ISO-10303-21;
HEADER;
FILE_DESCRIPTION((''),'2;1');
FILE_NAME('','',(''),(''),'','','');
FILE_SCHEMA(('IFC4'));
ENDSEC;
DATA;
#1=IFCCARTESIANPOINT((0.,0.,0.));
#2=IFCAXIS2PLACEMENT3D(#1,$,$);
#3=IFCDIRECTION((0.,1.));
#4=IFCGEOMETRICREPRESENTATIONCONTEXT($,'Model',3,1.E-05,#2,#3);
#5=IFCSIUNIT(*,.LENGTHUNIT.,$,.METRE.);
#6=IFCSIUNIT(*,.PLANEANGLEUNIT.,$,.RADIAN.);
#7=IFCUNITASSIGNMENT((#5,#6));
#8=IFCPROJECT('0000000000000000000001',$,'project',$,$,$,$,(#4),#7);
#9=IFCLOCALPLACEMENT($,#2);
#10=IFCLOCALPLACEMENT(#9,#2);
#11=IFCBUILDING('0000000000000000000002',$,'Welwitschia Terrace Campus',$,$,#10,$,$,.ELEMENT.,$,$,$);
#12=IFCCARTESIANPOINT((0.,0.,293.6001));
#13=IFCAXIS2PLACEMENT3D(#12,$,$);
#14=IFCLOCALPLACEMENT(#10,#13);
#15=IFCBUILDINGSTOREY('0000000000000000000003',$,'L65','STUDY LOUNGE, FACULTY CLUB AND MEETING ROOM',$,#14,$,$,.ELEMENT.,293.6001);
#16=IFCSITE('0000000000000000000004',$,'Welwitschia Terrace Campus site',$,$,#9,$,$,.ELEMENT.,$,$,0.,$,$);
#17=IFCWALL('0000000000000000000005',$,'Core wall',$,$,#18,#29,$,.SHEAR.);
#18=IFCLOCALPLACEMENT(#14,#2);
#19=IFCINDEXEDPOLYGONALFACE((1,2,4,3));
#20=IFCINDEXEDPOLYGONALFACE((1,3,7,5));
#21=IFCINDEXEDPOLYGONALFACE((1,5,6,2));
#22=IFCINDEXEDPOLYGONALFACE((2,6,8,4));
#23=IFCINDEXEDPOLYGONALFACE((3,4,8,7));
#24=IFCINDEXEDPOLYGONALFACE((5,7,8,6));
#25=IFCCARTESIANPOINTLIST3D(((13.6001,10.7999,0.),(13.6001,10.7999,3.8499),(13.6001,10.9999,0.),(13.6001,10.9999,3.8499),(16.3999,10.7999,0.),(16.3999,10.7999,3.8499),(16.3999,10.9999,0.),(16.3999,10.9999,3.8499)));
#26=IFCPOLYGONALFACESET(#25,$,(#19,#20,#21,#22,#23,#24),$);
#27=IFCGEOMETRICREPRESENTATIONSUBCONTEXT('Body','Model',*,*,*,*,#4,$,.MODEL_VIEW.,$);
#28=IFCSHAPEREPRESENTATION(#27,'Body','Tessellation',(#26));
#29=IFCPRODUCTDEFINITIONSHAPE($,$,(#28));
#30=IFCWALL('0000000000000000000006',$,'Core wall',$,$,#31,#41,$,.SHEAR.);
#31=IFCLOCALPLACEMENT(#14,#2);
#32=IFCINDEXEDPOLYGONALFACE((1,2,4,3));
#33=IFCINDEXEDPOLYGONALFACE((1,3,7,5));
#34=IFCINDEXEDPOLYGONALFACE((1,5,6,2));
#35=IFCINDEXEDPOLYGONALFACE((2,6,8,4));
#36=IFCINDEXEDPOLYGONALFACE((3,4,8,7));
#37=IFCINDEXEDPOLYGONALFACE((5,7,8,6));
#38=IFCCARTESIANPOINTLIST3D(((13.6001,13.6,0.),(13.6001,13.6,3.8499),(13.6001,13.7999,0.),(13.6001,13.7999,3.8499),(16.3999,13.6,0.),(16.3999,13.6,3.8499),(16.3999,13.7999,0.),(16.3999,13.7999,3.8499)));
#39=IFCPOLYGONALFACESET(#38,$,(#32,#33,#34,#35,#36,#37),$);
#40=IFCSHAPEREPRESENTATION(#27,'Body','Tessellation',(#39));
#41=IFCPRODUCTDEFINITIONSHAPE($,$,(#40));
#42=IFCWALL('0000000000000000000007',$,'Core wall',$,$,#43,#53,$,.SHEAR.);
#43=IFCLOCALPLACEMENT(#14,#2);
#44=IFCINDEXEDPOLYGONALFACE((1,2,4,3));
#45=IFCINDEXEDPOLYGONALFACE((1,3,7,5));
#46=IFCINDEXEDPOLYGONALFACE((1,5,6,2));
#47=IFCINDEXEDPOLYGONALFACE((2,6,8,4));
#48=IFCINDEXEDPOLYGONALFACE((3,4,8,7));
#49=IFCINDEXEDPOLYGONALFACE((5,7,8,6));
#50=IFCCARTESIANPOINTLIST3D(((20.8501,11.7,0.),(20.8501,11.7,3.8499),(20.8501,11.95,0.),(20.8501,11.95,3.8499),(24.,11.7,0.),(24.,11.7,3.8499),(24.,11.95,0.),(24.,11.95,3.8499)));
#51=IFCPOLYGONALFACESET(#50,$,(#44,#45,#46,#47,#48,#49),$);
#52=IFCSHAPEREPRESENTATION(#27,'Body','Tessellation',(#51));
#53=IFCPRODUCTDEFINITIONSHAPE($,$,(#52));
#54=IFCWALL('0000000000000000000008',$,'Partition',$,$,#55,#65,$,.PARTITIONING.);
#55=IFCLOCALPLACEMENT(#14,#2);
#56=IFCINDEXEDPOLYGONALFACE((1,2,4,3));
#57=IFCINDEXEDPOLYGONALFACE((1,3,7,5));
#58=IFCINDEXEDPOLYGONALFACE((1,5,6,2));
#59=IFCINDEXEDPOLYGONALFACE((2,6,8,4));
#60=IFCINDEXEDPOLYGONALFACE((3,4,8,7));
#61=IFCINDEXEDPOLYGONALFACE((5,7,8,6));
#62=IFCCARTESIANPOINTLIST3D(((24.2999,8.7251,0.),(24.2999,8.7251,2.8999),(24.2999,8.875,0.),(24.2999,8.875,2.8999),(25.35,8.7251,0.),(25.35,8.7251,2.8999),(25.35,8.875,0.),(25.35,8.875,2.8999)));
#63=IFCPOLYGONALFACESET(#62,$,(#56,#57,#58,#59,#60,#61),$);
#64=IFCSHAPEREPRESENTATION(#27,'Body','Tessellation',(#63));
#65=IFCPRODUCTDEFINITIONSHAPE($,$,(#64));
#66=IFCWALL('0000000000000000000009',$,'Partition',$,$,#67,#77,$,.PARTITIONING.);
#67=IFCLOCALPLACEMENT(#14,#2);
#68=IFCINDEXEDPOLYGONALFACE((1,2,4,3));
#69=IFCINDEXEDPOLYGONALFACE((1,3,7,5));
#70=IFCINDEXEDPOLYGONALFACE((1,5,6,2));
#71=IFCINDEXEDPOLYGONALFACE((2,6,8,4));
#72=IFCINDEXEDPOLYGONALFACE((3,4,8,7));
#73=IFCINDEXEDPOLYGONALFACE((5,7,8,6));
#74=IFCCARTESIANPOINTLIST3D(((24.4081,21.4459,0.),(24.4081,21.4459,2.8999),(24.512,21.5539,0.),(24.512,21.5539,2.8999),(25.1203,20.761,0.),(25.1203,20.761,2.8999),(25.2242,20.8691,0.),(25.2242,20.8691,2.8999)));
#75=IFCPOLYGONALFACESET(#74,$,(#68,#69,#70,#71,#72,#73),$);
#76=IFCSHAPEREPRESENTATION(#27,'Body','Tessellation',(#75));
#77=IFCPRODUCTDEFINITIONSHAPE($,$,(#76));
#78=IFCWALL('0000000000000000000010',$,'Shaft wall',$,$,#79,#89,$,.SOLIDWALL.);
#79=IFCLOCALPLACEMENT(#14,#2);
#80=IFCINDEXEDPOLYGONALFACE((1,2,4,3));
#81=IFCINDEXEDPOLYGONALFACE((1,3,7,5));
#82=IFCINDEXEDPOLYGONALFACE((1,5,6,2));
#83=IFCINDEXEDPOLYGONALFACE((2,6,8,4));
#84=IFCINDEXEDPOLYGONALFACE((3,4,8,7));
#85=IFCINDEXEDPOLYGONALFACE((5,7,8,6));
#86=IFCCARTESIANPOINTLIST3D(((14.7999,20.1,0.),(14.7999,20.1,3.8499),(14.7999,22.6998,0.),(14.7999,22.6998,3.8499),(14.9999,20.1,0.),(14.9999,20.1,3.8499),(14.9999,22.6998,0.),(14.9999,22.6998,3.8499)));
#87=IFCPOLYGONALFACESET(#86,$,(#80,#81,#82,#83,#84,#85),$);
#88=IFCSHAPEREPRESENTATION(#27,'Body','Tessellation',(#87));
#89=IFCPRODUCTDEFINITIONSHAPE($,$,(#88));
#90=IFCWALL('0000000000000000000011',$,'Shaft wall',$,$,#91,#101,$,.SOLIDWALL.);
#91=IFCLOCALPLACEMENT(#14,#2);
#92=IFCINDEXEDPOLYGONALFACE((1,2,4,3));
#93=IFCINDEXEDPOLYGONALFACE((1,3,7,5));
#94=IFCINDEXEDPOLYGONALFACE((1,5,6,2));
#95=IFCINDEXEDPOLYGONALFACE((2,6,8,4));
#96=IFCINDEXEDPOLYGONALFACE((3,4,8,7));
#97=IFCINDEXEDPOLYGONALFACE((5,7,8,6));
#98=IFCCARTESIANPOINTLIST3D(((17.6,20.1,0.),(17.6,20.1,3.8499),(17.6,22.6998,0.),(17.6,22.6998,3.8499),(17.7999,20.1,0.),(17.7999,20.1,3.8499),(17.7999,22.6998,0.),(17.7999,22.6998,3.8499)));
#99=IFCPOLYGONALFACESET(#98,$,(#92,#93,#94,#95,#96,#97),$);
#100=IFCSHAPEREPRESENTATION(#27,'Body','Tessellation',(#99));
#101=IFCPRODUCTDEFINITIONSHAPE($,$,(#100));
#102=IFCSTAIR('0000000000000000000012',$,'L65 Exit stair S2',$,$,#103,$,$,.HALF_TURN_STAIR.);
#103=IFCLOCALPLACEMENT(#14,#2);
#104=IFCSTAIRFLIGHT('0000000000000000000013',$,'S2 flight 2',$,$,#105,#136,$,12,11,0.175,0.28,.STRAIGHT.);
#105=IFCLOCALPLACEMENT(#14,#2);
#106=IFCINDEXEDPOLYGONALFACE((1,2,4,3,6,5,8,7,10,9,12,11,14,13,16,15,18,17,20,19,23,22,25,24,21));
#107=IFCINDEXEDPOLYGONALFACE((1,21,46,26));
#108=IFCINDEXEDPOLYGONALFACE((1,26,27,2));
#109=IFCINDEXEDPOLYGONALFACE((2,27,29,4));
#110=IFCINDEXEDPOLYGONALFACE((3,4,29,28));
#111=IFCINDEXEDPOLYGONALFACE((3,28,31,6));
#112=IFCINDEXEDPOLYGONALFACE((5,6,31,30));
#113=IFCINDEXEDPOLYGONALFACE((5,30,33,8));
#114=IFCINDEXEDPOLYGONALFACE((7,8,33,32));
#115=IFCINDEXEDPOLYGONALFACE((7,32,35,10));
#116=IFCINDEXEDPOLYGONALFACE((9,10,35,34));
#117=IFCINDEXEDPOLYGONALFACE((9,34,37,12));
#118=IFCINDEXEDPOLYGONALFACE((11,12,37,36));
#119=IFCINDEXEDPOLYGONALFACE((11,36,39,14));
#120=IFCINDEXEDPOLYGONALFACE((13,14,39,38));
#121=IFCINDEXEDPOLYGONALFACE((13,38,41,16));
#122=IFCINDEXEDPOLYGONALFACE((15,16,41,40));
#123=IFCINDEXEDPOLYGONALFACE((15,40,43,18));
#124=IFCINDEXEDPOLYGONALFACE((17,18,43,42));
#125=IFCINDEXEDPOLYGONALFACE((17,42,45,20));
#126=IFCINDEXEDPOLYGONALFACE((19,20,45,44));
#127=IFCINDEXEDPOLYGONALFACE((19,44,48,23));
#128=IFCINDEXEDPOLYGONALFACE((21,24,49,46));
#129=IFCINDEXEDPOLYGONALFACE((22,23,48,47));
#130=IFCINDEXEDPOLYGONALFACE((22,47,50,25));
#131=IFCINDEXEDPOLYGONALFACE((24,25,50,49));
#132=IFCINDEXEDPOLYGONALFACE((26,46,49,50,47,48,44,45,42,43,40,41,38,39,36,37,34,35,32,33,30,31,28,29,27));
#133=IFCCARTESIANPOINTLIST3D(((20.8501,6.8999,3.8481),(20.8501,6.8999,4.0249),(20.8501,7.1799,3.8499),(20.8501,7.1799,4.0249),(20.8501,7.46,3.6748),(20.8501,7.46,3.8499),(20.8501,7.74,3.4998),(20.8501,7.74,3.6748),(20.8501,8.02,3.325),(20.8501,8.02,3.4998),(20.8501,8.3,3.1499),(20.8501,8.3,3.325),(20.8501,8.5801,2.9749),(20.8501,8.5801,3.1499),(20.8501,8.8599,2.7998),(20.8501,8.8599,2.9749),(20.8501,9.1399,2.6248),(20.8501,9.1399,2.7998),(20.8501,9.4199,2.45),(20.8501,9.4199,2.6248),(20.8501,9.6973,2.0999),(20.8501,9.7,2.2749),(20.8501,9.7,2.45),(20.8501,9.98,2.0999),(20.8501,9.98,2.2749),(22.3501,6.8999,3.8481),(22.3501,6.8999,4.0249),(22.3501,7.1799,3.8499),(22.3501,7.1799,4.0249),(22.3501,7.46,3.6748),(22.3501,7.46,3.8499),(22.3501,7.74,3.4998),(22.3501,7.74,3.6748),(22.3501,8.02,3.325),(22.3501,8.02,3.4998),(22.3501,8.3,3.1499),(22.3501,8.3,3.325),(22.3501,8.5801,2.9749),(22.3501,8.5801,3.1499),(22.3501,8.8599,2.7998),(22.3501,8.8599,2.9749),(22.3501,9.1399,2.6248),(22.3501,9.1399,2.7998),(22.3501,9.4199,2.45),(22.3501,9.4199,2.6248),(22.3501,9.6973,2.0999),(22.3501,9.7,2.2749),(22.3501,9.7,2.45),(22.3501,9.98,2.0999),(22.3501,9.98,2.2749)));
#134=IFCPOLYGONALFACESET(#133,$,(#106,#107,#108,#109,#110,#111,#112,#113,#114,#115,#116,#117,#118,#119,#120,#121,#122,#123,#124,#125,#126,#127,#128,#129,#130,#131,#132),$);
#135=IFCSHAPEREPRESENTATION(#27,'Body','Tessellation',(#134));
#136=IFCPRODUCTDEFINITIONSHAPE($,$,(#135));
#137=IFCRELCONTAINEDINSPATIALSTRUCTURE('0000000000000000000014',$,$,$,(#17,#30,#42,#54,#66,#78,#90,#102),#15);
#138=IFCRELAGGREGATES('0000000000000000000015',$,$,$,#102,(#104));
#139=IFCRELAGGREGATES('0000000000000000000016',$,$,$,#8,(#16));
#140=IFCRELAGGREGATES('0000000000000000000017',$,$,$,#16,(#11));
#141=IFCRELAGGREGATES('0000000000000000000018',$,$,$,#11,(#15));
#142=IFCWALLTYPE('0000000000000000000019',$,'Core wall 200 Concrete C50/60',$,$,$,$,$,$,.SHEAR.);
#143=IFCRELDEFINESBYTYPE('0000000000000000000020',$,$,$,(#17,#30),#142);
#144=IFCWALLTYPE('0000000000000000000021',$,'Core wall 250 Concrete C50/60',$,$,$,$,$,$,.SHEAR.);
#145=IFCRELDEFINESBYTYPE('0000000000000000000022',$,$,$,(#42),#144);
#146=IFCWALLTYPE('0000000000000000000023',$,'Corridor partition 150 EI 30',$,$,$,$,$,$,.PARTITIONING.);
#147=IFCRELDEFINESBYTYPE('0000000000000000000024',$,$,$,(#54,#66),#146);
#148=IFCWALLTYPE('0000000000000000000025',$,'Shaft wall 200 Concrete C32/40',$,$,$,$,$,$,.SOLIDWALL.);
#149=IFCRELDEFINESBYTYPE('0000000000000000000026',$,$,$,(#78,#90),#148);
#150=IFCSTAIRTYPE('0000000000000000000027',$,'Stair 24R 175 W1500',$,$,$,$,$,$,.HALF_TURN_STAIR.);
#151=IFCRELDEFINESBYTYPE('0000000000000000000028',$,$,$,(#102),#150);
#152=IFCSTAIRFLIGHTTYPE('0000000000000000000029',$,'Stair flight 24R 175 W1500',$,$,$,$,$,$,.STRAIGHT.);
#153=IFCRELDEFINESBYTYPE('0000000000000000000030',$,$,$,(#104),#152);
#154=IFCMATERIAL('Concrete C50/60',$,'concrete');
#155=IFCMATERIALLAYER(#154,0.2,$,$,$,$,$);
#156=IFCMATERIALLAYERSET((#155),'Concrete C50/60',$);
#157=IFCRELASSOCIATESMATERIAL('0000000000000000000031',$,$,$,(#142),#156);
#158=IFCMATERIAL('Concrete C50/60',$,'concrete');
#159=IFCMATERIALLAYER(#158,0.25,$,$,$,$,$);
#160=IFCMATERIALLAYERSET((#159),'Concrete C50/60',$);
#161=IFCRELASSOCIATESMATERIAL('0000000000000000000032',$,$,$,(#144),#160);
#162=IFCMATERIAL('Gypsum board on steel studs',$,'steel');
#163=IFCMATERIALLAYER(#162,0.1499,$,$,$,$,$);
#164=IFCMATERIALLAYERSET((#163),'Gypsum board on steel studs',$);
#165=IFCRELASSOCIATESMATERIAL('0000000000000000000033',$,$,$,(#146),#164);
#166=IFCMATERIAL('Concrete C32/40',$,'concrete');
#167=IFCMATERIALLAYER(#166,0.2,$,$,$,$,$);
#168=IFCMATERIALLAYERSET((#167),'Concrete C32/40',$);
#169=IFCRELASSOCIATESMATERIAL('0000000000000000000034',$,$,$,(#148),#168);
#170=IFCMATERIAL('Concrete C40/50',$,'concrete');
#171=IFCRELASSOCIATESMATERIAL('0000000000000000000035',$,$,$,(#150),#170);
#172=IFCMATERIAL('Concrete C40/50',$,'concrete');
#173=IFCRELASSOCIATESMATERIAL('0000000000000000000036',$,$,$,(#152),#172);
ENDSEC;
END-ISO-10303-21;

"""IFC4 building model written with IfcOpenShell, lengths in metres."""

from ifc_helpers import new_model, si_unit, direction, frame, frame_2d, origin, place, context, subcontext, project, spatial, polyline, rectangle, outline, extrude, material, layer, layer_set, type_object, element, aggregate, save


model = new_model("IFC4")

# Units and contexts
model_context = context("Model", 3, precision=1e-05, world=origin(), true_north=direction((0.0, 1.0)))
body_context = subcontext(model_context, "Body", "Model", "MODEL_VIEW")
ifc_project = project(units=[si_unit("LENGTHUNIT", "METRE"), si_unit("PLANEANGLEUNIT", "RADIAN")], contexts=[model_context])

# Site, building, storey
site_placement = place(None, origin())
site = spatial("IfcSite", under=ifc_project, at=site_placement, Name="Welwitschia Terrace Campus site", CompositionType="ELEMENT", RefElevation=0.0)
building_placement = place(site_placement, origin())
building = spatial("IfcBuilding", under=site, at=building_placement, Name="Welwitschia Terrace Campus", CompositionType="ELEMENT")
storey_placement = place(building_placement, frame((0.0, 0.0, 293.6001)))
storey = spatial("IfcBuildingStorey", under=building, at=storey_placement, Name="L65", Description="STUDY LOUNGE, FACULTY CLUB AND MEETING ROOM", CompositionType="ELEMENT", Elevation=293.6001)

# Walls
ifc_material_1 = material(Name="Concrete C50/60", Category="concrete")
ifc_layer_1 = layer(ifc_material_1, 0.2)
ifc_layer_set_1 = layer_set([ifc_layer_1], Name="Concrete C50/60")
wall_type_1 = type_object("IfcWallType", Name="Core wall 200 Concrete C50/60", PredefinedType="SHEAR", material=ifc_layer_set_1)
for number, where, z_axis, x_axis, name in (
    (1, (13.6001, 10.8999, 0.0), (0.0, 0.0, 1.0), (1.0, 0.0, 0.0), "Core wall"),
    (2, (13.6001, 13.7, 0.0), (0.0, 0.0, 1.0), (1.0, 0.0, 0.0), "Core wall"),
):
    element("IfcWall", number, at=place(storey_placement, frame(where, z_axis=z_axis, x_axis=x_axis)), inside=storey, type_object=wall_type_1, Name=name, PredefinedType="SHEAR", context=body_context, shape_type="SweptSolid", body=[
        extrude(rectangle(XDim=2.7998, YDim=0.2, at=frame_2d((1.3999, 0.0))), origin(), (0.0, 0.0, 1.0), 3.8499),
    ])
ifc_material_2 = material(Name="Concrete C50/60", Category="concrete")
ifc_layer_2 = layer(ifc_material_2, 0.25)
ifc_layer_set_2 = layer_set([ifc_layer_2], Name="Concrete C50/60")
wall_type_2 = type_object("IfcWallType", Name="Core wall 250 Concrete C50/60", PredefinedType="SHEAR", material=ifc_layer_set_2)
wall_1_placement = place(storey_placement, frame((20.8501, 11.825, 0.0), z_axis=(0.0, 0.0, 1.0), x_axis=(1.0, 0.0, 0.0)))
element("IfcWall", 3, at=wall_1_placement, inside=storey, type_object=wall_type_2, Name="Core wall", PredefinedType="SHEAR", context=body_context, shape_type="SweptSolid", body=[
    extrude(rectangle(XDim=3.1499, YDim=0.25, at=frame_2d((1.575, 0.0))), origin(), (0.0, 0.0, 1.0), 3.8499),
])
ifc_material_3 = material(Name="Gypsum board on steel studs", Category="steel")
ifc_layer_3 = layer(ifc_material_3, 0.1499)
ifc_layer_set_3 = layer_set([ifc_layer_3], Name="Gypsum board on steel studs")
wall_type_3 = type_object("IfcWallType", Name="Corridor partition 150 EI 30", PredefinedType="PARTITIONING", material=ifc_layer_set_3)
wall_2_placement = place(storey_placement, frame((24.3, 8.8, 0.0), z_axis=(0.0, 0.0, 1.0), x_axis=(1.0, 0.0, 0.0)))
element("IfcWall", 4, at=wall_2_placement, inside=storey, type_object=wall_type_3, Name="Partition", PredefinedType="PARTITIONING", context=body_context, shape_type="SweptSolid", body=[
    extrude(rectangle(XDim=1.05, YDim=0.1499, at=frame_2d((0.5249, 0.0))), origin(), (0.0, 0.0, 1.0), 2.8999),
])
wall_3_placement = place(storey_placement, frame((24.46, 21.5, 0.0), z_axis=(0.0, 0.0, 1.0), x_axis=(0.720809, -0.693133, 0.0)))
element("IfcWall", 5, at=wall_3_placement, inside=storey, type_object=wall_type_3, Name="Partition", PredefinedType="PARTITIONING", context=body_context, shape_type="SweptSolid", body=[
    extrude(rectangle(XDim=0.988, YDim=0.1499, at=frame_2d((0.4941, 0.0))), origin(), (0.0, 0.0, 1.0), 2.8999),
])
ifc_material_4 = material(Name="Concrete C32/40", Category="concrete")
ifc_layer_4 = layer(ifc_material_4, 0.2)
ifc_layer_set_4 = layer_set([ifc_layer_4], Name="Concrete C32/40")
wall_type_4 = type_object("IfcWallType", Name="Shaft wall 200 Concrete C32/40", PredefinedType="SOLIDWALL", material=ifc_layer_set_4)
for number, where, z_axis, x_axis, name in (
    (6, (14.8999, 20.1001, 0.0), (0.0, 0.0, 1.0), (0.0, 1.0, 0.0), "Shaft wall"),
    (7, (17.7, 20.1001, 0.0), (0.0, 0.0, 1.0), (0.0, 1.0, 0.0), "Shaft wall"),
):
    element("IfcWall", number, at=place(storey_placement, frame(where, z_axis=z_axis, x_axis=x_axis)), inside=storey, type_object=wall_type_4, Name=name, PredefinedType="SOLIDWALL", context=body_context, shape_type="SweptSolid", body=[
        extrude(rectangle(XDim=2.5999, YDim=0.2, at=frame_2d((1.2998, 0.0))), origin(), (0.0, 0.0, 1.0), 3.8499),
    ])

# Stair, stair flight
ifc_material_5 = material(Name="Concrete C40/50", Category="concrete")
stair_type = type_object("IfcStairType", Name="Stair 24R 175 W1500", PredefinedType="HALF_TURN_STAIR", material=ifc_material_5)
stair_placement = place(storey_placement, origin())
stair = element("IfcStair", 8, at=stair_placement, inside=storey, type_object=stair_type, Name="L65 Exit stair S2", PredefinedType="HALF_TURN_STAIR")
ifc_material_6 = material(Name="Concrete C40/50", Category="concrete")
stair_flight_type = type_object("IfcStairFlightType", Name="Stair flight 24R 175 W1500", PredefinedType="STRAIGHT", material=ifc_material_6)
stair_flight_placement = place(storey_placement, frame((21.6001, 9.98, 2.0999), z_axis=(0.0, 0.0, 1.0), x_axis=(0.0, -1.0, 0.0)))
stair_flight = element("IfcStairFlight", 9, at=stair_flight_placement, type_object=stair_flight_type, Name="S2 flight 2", NumberOfRisers=12, NumberOfTreads=11, PredefinedType="STRAIGHT", RiserHeight=0.175, TreadLength=0.28, context=body_context, shape_type="SweptSolid", body=[
    extrude(outline(polyline([(0.0, 0.0), (0.0, 0.175), (0.28, 0.175), (0.28, 0.3501), (0.5601, 0.3501), (0.5601, 0.5249), (0.8401, 0.5249), (0.8401, 0.7), (1.1201, 0.7), (1.1201, 0.875), (1.3999, 0.875), (1.3999, 1.05), (1.6799, 1.05), (1.6799, 1.2251), (1.96, 1.2251), (1.96, 1.3999), (2.24, 1.3999), (2.24, 1.575), (2.52, 1.575), (2.52, 1.75), (2.8, 1.75), (2.8, 1.925), (3.0801, 1.925), (3.0801, 2.1001), (3.0801, 1.7483), (0.2827, 0.0), (0.0, 0.0)])), frame((0.0, 0.75, 0.0), z_axis=(0.0, -1.0, 0.0), x_axis=(1.0, 0.0, 0.0)), (0.0, 0.0, 1.0), 1.5),
])
aggregate(stair, [stair_flight])

save(model, "model.ifc")
